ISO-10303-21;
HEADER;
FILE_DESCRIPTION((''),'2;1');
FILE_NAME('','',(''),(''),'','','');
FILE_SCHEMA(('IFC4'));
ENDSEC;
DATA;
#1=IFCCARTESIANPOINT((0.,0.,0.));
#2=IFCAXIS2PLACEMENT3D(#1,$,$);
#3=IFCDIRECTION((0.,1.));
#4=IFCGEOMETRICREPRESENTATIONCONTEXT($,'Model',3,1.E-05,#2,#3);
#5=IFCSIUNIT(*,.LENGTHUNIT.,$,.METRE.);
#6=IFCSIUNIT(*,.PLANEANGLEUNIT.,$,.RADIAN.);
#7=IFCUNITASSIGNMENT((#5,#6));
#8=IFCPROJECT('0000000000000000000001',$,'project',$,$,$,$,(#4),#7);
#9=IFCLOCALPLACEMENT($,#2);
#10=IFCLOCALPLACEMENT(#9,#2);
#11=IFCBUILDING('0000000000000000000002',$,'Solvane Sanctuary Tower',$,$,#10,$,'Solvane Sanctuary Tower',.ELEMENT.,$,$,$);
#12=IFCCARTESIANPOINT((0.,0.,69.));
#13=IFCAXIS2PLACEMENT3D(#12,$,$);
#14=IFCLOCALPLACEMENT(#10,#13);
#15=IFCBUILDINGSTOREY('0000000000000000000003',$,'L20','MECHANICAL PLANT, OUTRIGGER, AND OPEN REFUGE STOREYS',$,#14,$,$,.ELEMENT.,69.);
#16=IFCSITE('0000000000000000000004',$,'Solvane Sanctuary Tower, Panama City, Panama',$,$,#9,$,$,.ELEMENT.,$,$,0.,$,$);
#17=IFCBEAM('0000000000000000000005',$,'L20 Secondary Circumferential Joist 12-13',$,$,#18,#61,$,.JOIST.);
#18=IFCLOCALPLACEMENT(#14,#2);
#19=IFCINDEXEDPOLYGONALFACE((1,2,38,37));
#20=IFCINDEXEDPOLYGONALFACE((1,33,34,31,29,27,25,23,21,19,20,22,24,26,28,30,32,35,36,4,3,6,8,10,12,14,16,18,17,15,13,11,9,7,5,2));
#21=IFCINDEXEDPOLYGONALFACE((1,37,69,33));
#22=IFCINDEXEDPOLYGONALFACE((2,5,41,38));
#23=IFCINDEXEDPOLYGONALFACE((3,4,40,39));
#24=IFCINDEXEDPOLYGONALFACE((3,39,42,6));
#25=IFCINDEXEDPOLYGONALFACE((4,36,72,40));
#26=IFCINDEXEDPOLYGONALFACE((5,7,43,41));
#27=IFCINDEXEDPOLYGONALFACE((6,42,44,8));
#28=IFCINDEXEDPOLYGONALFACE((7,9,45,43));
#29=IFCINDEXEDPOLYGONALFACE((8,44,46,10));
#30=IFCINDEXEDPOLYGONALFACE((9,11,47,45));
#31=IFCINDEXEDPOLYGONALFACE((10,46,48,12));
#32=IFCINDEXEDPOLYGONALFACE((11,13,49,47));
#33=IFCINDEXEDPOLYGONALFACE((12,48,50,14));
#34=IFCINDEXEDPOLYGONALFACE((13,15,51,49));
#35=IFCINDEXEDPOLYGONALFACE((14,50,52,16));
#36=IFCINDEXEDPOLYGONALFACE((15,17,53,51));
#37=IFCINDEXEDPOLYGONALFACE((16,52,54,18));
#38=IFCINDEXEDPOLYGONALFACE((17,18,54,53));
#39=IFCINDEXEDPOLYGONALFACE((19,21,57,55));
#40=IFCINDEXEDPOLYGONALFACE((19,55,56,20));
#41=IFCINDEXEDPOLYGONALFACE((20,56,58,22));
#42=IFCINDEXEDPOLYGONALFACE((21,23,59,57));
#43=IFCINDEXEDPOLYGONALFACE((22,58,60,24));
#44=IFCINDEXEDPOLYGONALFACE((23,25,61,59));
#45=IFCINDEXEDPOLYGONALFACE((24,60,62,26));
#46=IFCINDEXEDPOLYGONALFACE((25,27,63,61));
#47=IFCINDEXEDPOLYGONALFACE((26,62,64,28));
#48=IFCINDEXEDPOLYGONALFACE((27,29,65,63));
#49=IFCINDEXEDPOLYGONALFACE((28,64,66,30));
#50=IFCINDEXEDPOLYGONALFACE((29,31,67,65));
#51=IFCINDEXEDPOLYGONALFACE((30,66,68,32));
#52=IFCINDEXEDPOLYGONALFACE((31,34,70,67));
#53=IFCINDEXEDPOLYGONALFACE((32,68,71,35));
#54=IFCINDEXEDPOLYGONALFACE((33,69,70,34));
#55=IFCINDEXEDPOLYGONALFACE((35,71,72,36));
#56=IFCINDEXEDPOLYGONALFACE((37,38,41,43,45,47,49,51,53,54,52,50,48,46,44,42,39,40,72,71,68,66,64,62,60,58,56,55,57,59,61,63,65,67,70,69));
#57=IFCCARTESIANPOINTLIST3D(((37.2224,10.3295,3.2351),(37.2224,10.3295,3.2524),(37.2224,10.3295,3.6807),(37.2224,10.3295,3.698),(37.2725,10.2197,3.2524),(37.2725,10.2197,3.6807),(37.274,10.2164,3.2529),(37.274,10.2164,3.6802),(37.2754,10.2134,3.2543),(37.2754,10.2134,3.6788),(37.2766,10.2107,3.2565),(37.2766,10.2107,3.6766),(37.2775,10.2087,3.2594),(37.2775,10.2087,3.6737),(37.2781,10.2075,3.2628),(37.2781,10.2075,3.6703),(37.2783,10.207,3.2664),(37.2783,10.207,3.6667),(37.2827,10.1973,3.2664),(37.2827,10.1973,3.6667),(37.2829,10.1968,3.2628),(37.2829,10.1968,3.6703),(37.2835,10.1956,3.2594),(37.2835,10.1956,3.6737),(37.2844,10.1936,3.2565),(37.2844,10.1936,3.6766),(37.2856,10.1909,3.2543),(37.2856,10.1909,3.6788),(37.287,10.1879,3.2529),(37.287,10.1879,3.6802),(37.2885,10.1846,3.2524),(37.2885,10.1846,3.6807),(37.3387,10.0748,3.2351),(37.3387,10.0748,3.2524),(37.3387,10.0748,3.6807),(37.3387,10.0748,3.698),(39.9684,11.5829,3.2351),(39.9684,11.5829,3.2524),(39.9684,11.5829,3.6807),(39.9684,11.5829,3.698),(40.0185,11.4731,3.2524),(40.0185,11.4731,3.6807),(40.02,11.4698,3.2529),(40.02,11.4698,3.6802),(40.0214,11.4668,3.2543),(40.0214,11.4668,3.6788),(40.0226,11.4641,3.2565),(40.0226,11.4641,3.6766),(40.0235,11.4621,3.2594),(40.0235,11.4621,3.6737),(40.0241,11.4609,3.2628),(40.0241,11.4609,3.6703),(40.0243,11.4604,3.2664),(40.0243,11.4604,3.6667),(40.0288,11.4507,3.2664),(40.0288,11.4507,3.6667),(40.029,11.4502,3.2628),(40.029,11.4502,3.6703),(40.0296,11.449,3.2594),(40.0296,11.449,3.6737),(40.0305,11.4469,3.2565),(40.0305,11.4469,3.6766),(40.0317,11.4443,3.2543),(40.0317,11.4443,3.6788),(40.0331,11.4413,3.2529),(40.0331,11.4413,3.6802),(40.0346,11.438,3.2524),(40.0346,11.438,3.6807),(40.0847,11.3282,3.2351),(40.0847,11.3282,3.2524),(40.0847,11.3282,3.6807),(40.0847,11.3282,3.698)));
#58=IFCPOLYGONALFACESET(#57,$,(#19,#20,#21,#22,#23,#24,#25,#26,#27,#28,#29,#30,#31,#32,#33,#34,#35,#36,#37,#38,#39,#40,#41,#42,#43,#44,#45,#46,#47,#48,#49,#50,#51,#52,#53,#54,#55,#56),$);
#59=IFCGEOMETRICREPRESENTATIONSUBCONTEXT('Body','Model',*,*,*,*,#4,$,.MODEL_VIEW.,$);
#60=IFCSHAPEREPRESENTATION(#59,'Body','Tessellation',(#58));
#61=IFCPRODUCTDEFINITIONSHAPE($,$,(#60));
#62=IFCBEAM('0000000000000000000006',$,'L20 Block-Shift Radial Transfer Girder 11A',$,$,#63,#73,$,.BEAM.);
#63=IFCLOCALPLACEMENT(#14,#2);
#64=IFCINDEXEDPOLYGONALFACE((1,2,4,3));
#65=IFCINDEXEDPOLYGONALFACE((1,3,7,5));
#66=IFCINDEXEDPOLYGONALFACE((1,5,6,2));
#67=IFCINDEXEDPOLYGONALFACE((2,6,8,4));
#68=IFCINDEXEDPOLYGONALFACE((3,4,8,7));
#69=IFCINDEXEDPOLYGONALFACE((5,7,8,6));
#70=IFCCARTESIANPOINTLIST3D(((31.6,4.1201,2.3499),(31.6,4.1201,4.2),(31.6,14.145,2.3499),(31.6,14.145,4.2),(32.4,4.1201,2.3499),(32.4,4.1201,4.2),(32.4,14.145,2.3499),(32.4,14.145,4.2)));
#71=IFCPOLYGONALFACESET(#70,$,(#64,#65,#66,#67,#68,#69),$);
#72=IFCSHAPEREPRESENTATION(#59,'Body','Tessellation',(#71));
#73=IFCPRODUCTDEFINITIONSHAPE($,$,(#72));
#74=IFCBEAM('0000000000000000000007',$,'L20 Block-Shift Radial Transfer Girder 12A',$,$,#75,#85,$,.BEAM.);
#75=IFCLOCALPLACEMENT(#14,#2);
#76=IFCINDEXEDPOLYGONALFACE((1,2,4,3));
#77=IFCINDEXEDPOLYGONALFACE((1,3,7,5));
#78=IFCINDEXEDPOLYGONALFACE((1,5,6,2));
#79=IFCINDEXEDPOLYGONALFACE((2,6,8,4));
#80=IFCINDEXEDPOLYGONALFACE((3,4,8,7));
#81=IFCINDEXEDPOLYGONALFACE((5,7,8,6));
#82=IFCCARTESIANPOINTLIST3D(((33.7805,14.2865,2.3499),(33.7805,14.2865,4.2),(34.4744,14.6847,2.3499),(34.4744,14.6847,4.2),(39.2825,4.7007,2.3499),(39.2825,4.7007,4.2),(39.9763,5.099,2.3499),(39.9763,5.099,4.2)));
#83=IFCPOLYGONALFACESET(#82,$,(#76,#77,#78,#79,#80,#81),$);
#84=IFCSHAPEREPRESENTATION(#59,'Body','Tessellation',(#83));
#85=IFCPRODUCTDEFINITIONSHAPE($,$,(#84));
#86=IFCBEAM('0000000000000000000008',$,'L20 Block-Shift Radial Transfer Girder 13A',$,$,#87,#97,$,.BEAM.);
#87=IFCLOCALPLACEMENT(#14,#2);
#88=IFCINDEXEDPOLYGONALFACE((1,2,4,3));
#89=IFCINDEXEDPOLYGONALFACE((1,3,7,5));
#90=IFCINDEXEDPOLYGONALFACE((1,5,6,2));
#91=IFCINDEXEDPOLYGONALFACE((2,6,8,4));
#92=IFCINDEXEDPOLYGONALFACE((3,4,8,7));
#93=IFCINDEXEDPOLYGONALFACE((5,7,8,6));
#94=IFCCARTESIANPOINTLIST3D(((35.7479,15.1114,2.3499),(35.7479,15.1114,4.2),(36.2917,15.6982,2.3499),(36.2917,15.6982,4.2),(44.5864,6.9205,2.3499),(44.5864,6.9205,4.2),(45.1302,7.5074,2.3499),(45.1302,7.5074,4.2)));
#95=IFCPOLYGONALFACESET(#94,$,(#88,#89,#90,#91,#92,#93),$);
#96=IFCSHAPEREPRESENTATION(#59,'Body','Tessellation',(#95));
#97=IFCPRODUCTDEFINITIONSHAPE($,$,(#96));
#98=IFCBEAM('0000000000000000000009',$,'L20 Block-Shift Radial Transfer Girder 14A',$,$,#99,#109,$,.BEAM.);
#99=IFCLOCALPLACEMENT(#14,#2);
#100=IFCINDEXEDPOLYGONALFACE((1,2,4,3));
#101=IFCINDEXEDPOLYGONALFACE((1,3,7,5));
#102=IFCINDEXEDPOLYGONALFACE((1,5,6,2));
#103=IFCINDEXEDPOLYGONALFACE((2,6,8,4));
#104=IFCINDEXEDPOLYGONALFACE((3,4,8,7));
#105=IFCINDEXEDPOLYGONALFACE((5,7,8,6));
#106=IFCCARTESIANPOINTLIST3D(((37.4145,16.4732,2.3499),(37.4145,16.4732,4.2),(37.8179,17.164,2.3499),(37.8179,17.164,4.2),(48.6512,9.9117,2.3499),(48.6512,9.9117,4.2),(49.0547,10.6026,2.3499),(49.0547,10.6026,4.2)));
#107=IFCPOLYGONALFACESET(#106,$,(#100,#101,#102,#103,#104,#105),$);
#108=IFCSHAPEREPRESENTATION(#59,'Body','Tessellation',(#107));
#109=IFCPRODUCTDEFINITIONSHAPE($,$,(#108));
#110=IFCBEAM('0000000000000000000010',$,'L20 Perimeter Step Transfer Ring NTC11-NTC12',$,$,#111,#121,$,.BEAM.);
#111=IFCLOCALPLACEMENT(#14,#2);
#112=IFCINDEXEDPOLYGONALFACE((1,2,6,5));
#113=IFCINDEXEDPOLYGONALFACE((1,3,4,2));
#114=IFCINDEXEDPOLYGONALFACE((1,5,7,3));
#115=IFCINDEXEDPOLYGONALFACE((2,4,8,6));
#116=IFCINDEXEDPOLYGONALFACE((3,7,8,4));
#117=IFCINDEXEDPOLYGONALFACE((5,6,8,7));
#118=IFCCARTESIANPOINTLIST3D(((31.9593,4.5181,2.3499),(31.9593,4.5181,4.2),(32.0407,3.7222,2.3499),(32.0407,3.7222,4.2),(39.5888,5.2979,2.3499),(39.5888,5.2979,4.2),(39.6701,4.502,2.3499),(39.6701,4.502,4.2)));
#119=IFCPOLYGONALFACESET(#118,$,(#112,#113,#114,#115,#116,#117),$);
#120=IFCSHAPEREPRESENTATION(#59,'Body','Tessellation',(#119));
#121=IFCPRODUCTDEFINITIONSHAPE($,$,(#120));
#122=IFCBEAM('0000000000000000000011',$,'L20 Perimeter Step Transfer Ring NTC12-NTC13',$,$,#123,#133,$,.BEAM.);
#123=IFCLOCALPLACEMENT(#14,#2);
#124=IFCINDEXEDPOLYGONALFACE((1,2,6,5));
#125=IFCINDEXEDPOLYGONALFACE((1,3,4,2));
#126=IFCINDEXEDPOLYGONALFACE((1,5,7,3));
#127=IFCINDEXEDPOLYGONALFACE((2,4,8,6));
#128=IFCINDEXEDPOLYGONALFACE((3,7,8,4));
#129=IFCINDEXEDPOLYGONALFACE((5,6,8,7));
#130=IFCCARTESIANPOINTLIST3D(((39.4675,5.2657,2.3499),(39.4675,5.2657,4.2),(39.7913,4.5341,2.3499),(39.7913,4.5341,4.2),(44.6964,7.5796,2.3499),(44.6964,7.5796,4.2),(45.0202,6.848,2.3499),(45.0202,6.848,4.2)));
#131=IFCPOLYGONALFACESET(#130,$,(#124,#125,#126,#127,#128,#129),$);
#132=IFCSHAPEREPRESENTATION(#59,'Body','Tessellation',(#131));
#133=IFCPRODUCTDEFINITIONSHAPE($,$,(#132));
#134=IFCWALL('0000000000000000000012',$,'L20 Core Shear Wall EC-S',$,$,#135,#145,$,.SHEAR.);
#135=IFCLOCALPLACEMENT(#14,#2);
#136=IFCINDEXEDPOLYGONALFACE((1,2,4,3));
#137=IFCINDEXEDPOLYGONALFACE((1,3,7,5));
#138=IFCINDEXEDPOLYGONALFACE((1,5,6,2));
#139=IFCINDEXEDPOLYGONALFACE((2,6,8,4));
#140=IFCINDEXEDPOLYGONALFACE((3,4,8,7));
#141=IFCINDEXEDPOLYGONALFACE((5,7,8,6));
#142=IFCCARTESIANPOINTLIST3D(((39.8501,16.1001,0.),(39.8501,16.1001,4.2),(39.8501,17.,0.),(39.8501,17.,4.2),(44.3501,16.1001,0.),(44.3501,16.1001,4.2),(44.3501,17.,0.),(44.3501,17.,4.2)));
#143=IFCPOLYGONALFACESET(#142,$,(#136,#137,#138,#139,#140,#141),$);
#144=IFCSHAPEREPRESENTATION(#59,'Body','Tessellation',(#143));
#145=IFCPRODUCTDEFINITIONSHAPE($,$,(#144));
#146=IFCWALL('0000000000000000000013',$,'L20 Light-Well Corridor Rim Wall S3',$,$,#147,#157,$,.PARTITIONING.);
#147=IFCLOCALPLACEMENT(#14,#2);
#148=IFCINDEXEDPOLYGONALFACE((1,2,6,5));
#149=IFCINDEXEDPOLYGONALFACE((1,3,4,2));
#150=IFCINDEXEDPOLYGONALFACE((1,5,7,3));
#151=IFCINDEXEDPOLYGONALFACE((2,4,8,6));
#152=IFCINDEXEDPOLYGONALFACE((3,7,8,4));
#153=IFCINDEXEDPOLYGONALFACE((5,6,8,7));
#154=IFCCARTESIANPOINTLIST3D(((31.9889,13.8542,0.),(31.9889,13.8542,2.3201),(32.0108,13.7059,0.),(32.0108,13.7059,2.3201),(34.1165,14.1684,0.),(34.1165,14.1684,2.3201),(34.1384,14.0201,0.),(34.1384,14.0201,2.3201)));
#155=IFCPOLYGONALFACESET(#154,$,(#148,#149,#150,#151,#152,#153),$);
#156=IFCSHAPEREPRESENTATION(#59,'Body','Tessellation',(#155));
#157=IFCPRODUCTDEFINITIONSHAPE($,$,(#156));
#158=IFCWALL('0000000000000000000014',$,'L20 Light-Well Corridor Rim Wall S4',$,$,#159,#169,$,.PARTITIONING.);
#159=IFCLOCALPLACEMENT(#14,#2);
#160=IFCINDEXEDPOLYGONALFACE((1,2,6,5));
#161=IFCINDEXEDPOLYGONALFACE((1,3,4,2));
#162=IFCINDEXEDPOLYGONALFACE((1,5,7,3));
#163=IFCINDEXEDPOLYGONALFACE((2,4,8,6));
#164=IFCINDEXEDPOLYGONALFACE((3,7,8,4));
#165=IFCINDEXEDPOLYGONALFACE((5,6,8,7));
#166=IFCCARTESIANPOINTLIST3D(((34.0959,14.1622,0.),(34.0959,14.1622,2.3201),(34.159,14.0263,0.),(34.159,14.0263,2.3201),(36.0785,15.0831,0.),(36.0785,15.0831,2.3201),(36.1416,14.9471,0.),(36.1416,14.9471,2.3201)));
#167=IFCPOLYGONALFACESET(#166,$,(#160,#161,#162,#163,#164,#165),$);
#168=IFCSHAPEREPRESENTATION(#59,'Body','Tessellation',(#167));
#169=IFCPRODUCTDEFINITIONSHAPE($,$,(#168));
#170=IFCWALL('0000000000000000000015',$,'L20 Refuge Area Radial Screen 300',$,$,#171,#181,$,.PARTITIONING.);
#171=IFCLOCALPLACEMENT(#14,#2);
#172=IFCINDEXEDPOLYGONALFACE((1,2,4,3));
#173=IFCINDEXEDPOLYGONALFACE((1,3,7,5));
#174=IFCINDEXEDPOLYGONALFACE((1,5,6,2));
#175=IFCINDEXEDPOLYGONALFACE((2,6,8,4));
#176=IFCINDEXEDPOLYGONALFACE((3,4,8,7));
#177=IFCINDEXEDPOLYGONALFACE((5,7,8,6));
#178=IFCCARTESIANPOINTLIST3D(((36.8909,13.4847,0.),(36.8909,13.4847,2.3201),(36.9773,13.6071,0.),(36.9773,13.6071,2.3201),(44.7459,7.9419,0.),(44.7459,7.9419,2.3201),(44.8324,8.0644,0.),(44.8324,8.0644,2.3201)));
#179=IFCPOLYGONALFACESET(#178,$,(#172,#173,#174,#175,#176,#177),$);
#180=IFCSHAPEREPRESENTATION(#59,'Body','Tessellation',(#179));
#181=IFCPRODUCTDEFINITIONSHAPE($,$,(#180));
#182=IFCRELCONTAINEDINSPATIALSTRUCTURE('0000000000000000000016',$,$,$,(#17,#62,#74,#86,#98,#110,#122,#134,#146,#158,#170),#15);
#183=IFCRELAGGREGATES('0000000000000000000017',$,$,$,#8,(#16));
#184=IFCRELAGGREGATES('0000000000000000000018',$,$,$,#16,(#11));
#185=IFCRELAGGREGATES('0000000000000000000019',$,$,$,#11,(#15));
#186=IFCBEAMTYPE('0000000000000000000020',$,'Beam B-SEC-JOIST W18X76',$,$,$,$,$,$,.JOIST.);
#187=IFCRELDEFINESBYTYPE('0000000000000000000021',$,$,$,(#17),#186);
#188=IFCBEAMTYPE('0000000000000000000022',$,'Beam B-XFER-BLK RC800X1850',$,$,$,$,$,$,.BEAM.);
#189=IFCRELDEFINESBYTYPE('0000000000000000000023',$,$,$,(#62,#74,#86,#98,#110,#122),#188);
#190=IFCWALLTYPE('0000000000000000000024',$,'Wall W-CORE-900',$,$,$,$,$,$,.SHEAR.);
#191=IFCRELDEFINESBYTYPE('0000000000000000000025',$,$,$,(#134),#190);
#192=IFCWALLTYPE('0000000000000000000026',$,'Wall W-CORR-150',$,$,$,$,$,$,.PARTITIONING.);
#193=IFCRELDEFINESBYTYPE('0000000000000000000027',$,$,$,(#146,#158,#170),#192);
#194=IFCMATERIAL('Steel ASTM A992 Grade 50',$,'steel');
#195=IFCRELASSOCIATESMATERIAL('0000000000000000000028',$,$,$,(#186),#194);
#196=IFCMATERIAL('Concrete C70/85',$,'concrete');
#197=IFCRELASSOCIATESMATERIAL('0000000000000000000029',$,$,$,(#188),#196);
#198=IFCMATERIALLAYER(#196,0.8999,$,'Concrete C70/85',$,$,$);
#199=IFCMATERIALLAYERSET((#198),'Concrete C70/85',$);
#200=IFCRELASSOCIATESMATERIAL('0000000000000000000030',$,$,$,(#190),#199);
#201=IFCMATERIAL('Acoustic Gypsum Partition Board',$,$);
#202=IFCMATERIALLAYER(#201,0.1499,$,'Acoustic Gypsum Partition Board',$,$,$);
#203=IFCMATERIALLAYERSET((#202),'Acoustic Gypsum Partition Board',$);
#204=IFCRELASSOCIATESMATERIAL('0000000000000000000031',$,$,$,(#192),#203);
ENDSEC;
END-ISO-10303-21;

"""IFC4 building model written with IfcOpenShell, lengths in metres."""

from ifc_helpers import new_model, si_unit, direction, frame, frame_2d, origin, origin_2d, place, context, subcontext, project, spatial, rectangle, i_section, extrude, material, layer, layer_set, material_profile, profile_set, type_object, element, save


model = new_model("IFC4")

# Units and contexts
model_context = context("Model", 3, precision=1e-05, world=origin(), true_north=direction((0.0, 1.0)))
body_context = subcontext(model_context, "Body", "Model", "MODEL_VIEW")
ifc_project = project(units=[si_unit("LENGTHUNIT", "METRE"), si_unit("PLANEANGLEUNIT", "RADIAN")], contexts=[model_context])

# Site, building, storey
site_placement = place(None, origin())
site = spatial("IfcSite", under=ifc_project, at=site_placement, Name="Solvane Sanctuary Tower, Panama City, Panama", CompositionType="ELEMENT", RefElevation=0.0)
building_placement = place(site_placement, origin())
building = spatial("IfcBuilding", under=site, at=building_placement, Name="Solvane Sanctuary Tower", LongName="Solvane Sanctuary Tower", CompositionType="ELEMENT")
storey_placement = place(building_placement, frame((0.0, 0.0, 69.0)))
storey = spatial("IfcBuildingStorey", under=building, at=storey_placement, Name="L20", Description="MECHANICAL PLANT, OUTRIGGER, AND OPEN REFUGE STOREYS", CompositionType="ELEMENT", Elevation=69.0)

# Beams
ifc_material_1 = material(Name="Steel ASTM A992 Grade 50", Category="steel")
ifc_material_profile_1 = material_profile(ifc_material_1, i_section(OverallWidth=0.28, OverallDepth=0.4629, WebThickness=0.0107, FlangeThickness=0.0173, FilletRadius=0.0139, at=origin_2d()), Name="W18X76")
ifc_profile_set_1 = profile_set([ifc_material_profile_1], Name="Steel ASTM A992 Grade 50")
beam_type_1 = type_object("IfcBeamType", Name="Beam B-SEC-JOIST W18X76", PredefinedType="JOIST", material=ifc_profile_set_1)
beam_1_placement = place(storey_placement, frame((37.2805, 10.2021, 3.4666), z_axis=(0.909717, 0.415228, 0.0), x_axis=(-0.415228, 0.909717, 0.0)))
element("IfcBeam", 1, at=beam_1_placement, inside=storey, type_object=beam_type_1, Name="L20 Secondary Circumferential Joist 12-13", PredefinedType="JOIST", context=body_context, shape_type="SweptSolid", body=[
    extrude(i_section(OverallWidth=0.28, OverallDepth=0.4629, WebThickness=0.0107, FlangeThickness=0.0173, FilletRadius=0.0139, at=origin_2d()), origin(), (0.0, 0.0, 1.0), 3.0186),
])
ifc_material_2 = material(Name="Concrete C70/85", Category="concrete")
ifc_material_profile_2 = material_profile(ifc_material_2, rectangle(XDim=0.8, YDim=1.8501, at=origin_2d()), Name="RC800X1850")
ifc_profile_set_2 = profile_set([ifc_material_profile_2], Name="Concrete C70/85")
beam_type_2 = type_object("IfcBeamType", Name="Beam B-XFER-BLK RC800X1850", PredefinedType="BEAM", material=ifc_profile_set_2)
beam_2_placement = place(storey_placement, frame((32.0, 14.145, 3.2749), z_axis=(0.0, -1.0, 0.0), x_axis=(1.0, 0.0, 0.0)))
element("IfcBeam", 2, at=beam_2_placement, inside=storey, type_object=beam_type_2, Name="L20 Block-Shift Radial Transfer Girder 11A", PredefinedType="BEAM", context=body_context, shape_type="SweptSolid", body=[
    extrude(rectangle(XDim=0.8, YDim=1.8501, at=origin_2d()), origin(), (0.0, 0.0, 1.0), 10.0249),
])
beam_3_placement = place(storey_placement, frame((34.1274, 14.4856, 3.2749), z_axis=(0.497803, -0.86729, 0.0), x_axis=(0.86729, 0.497803, 0.0)))
element("IfcBeam", 3, at=beam_3_placement, inside=storey, type_object=beam_type_2, Name="L20 Block-Shift Radial Transfer Girder 12A", PredefinedType="BEAM", context=body_context, shape_type="SweptSolid", body=[
    extrude(rectangle(XDim=0.8, YDim=1.8501, at=origin_2d()), origin(), (0.0, 0.0, 1.0), 11.0525),
])
beam_4_placement = place(storey_placement, frame((36.0198, 15.4048, 3.2749), z_axis=(0.733471, -0.679721, 0.0), x_axis=(0.679721, 0.733471, 0.0)))
element("IfcBeam", 4, at=beam_4_placement, inside=storey, type_object=beam_type_2, Name="L20 Block-Shift Radial Transfer Girder 13A", PredefinedType="BEAM", context=body_context, shape_type="SweptSolid", body=[
    extrude(rectangle(XDim=0.8, YDim=1.8501, at=origin_2d()), origin(), (0.0, 0.0, 1.0), 12.0503),
])
beam_5_placement = place(storey_placement, frame((37.6162, 16.8186, 3.2749), z_axis=(0.863554, -0.504256, 0.0), x_axis=(0.504256, 0.863554, 0.0)))
element("IfcBeam", 5, at=beam_5_placement, inside=storey, type_object=beam_type_2, Name="L20 Block-Shift Radial Transfer Girder 14A", PredefinedType="BEAM", context=body_context, shape_type="SweptSolid", body=[
    extrude(rectangle(XDim=0.8, YDim=1.8501, at=origin_2d()), origin(), (0.0, 0.0, 1.0), 13.0122),
])
beam_6_placement = place(storey_placement, frame((32.0, 4.1201, 3.2749), z_axis=(0.994817, 0.101678, 0.0), x_axis=(-0.101678, 0.994817, 0.0)))
element("IfcBeam", 6, at=beam_6_placement, inside=storey, type_object=beam_type_2, Name="L20 Perimeter Step Transfer Ring NTC11-NTC12", PredefinedType="BEAM", context=body_context, shape_type="SweptSolid", body=[
    extrude(rectangle(XDim=0.8, YDim=1.8501, at=origin_2d()), origin(), (0.0, 0.0, 1.0), 7.6692),
])
beam_7_placement = place(storey_placement, frame((39.6294, 4.8999, 3.2749), z_axis=(0.914462, 0.404672, 0.0), x_axis=(-0.404672, 0.914462, 0.0)))
element("IfcBeam", 7, at=beam_7_placement, inside=storey, type_object=beam_type_2, Name="L20 Perimeter Step Transfer Ring NTC12-NTC13", PredefinedType="BEAM", context=body_context, shape_type="SweptSolid", body=[
    extrude(rectangle(XDim=0.8, YDim=1.8501, at=origin_2d()), origin(), (0.0, 0.0, 1.0), 5.718),
])

# Walls
ifc_layer_1 = layer(ifc_material_2, 0.8999, Name="Concrete C70/85")
ifc_layer_set_1 = layer_set([ifc_layer_1], Name="Concrete C70/85")
wall_type_1 = type_object("IfcWallType", Name="Wall W-CORE-900", PredefinedType="SHEAR", material=ifc_layer_set_1)
wall_1_placement = place(storey_placement, frame((39.8501, 16.55, 0.0), z_axis=(0.0, 0.0, 1.0), x_axis=(1.0, 0.0, 0.0)))
element("IfcWall", 8, at=wall_1_placement, inside=storey, type_object=wall_type_1, Name="L20 Core Shear Wall EC-S", PredefinedType="SHEAR", context=body_context, shape_type="SweptSolid", body=[
    extrude(rectangle(XDim=4.5, YDim=0.8999, at=frame_2d((2.25, 0.0))), origin(), (0.0, 0.0, 1.0), 4.2),
])
ifc_material_3 = material(Name="Acoustic Gypsum Partition Board")
ifc_layer_2 = layer(ifc_material_3, 0.1499, Name="Acoustic Gypsum Partition Board")
ifc_layer_set_2 = layer_set([ifc_layer_2], Name="Acoustic Gypsum Partition Board")
wall_type_2 = type_object("IfcWallType", Name="Wall W-CORR-150", PredefinedType="PARTITIONING", material=ifc_layer_set_2)
wall_2_placement = place(storey_placement, frame((32.0, 13.78, 0.0), z_axis=(0.0, 0.0, 1.0), x_axis=(0.989269, 0.146108, 0.0)))
element("IfcWall", 9, at=wall_2_placement, inside=storey, type_object=wall_type_2, Name="L20 Light-Well Corridor Rim Wall S3", PredefinedType="PARTITIONING", context=body_context, shape_type="SweptSolid", body=[
    extrude(rectangle(XDim=2.1506, YDim=0.1499, at=frame_2d((1.0752, 0.0))), origin(), (0.0, 0.0, 1.0), 2.3201),
])
wall_3_placement = place(storey_placement, frame((34.1274, 14.0942, 0.0), z_axis=(0.0, 0.0, 1.0), x_axis=(0.906943, 0.421252, 0.0)))
element("IfcWall", 10, at=wall_3_placement, inside=storey, type_object=wall_type_2, Name="L20 Light-Well Corridor Rim Wall S4", PredefinedType="PARTITIONING", context=body_context, shape_type="SweptSolid", body=[
    extrude(rectangle(XDim=2.186, YDim=0.1499, at=frame_2d((1.093, 0.0))), origin(), (0.0, 0.0, 1.0), 2.3201),
])
wall_4_placement = place(storey_placement, frame((36.9341, 13.5459, 0.0), z_axis=(0.0, 0.0, 1.0), x_axis=(0.817064, -0.576547, 0.0)))
element("IfcWall", 11, at=wall_4_placement, inside=storey, type_object=wall_type_2, Name="L20 Refuge Area Radial Screen 300", PredefinedType="PARTITIONING", context=body_context, shape_type="SweptSolid", body=[
    extrude(rectangle(XDim=9.6138, YDim=0.1499, at=frame_2d((4.8069, 0.0))), origin(), (0.0, 0.0, 1.0), 2.3201),
])

save(model, "model.ifc")
